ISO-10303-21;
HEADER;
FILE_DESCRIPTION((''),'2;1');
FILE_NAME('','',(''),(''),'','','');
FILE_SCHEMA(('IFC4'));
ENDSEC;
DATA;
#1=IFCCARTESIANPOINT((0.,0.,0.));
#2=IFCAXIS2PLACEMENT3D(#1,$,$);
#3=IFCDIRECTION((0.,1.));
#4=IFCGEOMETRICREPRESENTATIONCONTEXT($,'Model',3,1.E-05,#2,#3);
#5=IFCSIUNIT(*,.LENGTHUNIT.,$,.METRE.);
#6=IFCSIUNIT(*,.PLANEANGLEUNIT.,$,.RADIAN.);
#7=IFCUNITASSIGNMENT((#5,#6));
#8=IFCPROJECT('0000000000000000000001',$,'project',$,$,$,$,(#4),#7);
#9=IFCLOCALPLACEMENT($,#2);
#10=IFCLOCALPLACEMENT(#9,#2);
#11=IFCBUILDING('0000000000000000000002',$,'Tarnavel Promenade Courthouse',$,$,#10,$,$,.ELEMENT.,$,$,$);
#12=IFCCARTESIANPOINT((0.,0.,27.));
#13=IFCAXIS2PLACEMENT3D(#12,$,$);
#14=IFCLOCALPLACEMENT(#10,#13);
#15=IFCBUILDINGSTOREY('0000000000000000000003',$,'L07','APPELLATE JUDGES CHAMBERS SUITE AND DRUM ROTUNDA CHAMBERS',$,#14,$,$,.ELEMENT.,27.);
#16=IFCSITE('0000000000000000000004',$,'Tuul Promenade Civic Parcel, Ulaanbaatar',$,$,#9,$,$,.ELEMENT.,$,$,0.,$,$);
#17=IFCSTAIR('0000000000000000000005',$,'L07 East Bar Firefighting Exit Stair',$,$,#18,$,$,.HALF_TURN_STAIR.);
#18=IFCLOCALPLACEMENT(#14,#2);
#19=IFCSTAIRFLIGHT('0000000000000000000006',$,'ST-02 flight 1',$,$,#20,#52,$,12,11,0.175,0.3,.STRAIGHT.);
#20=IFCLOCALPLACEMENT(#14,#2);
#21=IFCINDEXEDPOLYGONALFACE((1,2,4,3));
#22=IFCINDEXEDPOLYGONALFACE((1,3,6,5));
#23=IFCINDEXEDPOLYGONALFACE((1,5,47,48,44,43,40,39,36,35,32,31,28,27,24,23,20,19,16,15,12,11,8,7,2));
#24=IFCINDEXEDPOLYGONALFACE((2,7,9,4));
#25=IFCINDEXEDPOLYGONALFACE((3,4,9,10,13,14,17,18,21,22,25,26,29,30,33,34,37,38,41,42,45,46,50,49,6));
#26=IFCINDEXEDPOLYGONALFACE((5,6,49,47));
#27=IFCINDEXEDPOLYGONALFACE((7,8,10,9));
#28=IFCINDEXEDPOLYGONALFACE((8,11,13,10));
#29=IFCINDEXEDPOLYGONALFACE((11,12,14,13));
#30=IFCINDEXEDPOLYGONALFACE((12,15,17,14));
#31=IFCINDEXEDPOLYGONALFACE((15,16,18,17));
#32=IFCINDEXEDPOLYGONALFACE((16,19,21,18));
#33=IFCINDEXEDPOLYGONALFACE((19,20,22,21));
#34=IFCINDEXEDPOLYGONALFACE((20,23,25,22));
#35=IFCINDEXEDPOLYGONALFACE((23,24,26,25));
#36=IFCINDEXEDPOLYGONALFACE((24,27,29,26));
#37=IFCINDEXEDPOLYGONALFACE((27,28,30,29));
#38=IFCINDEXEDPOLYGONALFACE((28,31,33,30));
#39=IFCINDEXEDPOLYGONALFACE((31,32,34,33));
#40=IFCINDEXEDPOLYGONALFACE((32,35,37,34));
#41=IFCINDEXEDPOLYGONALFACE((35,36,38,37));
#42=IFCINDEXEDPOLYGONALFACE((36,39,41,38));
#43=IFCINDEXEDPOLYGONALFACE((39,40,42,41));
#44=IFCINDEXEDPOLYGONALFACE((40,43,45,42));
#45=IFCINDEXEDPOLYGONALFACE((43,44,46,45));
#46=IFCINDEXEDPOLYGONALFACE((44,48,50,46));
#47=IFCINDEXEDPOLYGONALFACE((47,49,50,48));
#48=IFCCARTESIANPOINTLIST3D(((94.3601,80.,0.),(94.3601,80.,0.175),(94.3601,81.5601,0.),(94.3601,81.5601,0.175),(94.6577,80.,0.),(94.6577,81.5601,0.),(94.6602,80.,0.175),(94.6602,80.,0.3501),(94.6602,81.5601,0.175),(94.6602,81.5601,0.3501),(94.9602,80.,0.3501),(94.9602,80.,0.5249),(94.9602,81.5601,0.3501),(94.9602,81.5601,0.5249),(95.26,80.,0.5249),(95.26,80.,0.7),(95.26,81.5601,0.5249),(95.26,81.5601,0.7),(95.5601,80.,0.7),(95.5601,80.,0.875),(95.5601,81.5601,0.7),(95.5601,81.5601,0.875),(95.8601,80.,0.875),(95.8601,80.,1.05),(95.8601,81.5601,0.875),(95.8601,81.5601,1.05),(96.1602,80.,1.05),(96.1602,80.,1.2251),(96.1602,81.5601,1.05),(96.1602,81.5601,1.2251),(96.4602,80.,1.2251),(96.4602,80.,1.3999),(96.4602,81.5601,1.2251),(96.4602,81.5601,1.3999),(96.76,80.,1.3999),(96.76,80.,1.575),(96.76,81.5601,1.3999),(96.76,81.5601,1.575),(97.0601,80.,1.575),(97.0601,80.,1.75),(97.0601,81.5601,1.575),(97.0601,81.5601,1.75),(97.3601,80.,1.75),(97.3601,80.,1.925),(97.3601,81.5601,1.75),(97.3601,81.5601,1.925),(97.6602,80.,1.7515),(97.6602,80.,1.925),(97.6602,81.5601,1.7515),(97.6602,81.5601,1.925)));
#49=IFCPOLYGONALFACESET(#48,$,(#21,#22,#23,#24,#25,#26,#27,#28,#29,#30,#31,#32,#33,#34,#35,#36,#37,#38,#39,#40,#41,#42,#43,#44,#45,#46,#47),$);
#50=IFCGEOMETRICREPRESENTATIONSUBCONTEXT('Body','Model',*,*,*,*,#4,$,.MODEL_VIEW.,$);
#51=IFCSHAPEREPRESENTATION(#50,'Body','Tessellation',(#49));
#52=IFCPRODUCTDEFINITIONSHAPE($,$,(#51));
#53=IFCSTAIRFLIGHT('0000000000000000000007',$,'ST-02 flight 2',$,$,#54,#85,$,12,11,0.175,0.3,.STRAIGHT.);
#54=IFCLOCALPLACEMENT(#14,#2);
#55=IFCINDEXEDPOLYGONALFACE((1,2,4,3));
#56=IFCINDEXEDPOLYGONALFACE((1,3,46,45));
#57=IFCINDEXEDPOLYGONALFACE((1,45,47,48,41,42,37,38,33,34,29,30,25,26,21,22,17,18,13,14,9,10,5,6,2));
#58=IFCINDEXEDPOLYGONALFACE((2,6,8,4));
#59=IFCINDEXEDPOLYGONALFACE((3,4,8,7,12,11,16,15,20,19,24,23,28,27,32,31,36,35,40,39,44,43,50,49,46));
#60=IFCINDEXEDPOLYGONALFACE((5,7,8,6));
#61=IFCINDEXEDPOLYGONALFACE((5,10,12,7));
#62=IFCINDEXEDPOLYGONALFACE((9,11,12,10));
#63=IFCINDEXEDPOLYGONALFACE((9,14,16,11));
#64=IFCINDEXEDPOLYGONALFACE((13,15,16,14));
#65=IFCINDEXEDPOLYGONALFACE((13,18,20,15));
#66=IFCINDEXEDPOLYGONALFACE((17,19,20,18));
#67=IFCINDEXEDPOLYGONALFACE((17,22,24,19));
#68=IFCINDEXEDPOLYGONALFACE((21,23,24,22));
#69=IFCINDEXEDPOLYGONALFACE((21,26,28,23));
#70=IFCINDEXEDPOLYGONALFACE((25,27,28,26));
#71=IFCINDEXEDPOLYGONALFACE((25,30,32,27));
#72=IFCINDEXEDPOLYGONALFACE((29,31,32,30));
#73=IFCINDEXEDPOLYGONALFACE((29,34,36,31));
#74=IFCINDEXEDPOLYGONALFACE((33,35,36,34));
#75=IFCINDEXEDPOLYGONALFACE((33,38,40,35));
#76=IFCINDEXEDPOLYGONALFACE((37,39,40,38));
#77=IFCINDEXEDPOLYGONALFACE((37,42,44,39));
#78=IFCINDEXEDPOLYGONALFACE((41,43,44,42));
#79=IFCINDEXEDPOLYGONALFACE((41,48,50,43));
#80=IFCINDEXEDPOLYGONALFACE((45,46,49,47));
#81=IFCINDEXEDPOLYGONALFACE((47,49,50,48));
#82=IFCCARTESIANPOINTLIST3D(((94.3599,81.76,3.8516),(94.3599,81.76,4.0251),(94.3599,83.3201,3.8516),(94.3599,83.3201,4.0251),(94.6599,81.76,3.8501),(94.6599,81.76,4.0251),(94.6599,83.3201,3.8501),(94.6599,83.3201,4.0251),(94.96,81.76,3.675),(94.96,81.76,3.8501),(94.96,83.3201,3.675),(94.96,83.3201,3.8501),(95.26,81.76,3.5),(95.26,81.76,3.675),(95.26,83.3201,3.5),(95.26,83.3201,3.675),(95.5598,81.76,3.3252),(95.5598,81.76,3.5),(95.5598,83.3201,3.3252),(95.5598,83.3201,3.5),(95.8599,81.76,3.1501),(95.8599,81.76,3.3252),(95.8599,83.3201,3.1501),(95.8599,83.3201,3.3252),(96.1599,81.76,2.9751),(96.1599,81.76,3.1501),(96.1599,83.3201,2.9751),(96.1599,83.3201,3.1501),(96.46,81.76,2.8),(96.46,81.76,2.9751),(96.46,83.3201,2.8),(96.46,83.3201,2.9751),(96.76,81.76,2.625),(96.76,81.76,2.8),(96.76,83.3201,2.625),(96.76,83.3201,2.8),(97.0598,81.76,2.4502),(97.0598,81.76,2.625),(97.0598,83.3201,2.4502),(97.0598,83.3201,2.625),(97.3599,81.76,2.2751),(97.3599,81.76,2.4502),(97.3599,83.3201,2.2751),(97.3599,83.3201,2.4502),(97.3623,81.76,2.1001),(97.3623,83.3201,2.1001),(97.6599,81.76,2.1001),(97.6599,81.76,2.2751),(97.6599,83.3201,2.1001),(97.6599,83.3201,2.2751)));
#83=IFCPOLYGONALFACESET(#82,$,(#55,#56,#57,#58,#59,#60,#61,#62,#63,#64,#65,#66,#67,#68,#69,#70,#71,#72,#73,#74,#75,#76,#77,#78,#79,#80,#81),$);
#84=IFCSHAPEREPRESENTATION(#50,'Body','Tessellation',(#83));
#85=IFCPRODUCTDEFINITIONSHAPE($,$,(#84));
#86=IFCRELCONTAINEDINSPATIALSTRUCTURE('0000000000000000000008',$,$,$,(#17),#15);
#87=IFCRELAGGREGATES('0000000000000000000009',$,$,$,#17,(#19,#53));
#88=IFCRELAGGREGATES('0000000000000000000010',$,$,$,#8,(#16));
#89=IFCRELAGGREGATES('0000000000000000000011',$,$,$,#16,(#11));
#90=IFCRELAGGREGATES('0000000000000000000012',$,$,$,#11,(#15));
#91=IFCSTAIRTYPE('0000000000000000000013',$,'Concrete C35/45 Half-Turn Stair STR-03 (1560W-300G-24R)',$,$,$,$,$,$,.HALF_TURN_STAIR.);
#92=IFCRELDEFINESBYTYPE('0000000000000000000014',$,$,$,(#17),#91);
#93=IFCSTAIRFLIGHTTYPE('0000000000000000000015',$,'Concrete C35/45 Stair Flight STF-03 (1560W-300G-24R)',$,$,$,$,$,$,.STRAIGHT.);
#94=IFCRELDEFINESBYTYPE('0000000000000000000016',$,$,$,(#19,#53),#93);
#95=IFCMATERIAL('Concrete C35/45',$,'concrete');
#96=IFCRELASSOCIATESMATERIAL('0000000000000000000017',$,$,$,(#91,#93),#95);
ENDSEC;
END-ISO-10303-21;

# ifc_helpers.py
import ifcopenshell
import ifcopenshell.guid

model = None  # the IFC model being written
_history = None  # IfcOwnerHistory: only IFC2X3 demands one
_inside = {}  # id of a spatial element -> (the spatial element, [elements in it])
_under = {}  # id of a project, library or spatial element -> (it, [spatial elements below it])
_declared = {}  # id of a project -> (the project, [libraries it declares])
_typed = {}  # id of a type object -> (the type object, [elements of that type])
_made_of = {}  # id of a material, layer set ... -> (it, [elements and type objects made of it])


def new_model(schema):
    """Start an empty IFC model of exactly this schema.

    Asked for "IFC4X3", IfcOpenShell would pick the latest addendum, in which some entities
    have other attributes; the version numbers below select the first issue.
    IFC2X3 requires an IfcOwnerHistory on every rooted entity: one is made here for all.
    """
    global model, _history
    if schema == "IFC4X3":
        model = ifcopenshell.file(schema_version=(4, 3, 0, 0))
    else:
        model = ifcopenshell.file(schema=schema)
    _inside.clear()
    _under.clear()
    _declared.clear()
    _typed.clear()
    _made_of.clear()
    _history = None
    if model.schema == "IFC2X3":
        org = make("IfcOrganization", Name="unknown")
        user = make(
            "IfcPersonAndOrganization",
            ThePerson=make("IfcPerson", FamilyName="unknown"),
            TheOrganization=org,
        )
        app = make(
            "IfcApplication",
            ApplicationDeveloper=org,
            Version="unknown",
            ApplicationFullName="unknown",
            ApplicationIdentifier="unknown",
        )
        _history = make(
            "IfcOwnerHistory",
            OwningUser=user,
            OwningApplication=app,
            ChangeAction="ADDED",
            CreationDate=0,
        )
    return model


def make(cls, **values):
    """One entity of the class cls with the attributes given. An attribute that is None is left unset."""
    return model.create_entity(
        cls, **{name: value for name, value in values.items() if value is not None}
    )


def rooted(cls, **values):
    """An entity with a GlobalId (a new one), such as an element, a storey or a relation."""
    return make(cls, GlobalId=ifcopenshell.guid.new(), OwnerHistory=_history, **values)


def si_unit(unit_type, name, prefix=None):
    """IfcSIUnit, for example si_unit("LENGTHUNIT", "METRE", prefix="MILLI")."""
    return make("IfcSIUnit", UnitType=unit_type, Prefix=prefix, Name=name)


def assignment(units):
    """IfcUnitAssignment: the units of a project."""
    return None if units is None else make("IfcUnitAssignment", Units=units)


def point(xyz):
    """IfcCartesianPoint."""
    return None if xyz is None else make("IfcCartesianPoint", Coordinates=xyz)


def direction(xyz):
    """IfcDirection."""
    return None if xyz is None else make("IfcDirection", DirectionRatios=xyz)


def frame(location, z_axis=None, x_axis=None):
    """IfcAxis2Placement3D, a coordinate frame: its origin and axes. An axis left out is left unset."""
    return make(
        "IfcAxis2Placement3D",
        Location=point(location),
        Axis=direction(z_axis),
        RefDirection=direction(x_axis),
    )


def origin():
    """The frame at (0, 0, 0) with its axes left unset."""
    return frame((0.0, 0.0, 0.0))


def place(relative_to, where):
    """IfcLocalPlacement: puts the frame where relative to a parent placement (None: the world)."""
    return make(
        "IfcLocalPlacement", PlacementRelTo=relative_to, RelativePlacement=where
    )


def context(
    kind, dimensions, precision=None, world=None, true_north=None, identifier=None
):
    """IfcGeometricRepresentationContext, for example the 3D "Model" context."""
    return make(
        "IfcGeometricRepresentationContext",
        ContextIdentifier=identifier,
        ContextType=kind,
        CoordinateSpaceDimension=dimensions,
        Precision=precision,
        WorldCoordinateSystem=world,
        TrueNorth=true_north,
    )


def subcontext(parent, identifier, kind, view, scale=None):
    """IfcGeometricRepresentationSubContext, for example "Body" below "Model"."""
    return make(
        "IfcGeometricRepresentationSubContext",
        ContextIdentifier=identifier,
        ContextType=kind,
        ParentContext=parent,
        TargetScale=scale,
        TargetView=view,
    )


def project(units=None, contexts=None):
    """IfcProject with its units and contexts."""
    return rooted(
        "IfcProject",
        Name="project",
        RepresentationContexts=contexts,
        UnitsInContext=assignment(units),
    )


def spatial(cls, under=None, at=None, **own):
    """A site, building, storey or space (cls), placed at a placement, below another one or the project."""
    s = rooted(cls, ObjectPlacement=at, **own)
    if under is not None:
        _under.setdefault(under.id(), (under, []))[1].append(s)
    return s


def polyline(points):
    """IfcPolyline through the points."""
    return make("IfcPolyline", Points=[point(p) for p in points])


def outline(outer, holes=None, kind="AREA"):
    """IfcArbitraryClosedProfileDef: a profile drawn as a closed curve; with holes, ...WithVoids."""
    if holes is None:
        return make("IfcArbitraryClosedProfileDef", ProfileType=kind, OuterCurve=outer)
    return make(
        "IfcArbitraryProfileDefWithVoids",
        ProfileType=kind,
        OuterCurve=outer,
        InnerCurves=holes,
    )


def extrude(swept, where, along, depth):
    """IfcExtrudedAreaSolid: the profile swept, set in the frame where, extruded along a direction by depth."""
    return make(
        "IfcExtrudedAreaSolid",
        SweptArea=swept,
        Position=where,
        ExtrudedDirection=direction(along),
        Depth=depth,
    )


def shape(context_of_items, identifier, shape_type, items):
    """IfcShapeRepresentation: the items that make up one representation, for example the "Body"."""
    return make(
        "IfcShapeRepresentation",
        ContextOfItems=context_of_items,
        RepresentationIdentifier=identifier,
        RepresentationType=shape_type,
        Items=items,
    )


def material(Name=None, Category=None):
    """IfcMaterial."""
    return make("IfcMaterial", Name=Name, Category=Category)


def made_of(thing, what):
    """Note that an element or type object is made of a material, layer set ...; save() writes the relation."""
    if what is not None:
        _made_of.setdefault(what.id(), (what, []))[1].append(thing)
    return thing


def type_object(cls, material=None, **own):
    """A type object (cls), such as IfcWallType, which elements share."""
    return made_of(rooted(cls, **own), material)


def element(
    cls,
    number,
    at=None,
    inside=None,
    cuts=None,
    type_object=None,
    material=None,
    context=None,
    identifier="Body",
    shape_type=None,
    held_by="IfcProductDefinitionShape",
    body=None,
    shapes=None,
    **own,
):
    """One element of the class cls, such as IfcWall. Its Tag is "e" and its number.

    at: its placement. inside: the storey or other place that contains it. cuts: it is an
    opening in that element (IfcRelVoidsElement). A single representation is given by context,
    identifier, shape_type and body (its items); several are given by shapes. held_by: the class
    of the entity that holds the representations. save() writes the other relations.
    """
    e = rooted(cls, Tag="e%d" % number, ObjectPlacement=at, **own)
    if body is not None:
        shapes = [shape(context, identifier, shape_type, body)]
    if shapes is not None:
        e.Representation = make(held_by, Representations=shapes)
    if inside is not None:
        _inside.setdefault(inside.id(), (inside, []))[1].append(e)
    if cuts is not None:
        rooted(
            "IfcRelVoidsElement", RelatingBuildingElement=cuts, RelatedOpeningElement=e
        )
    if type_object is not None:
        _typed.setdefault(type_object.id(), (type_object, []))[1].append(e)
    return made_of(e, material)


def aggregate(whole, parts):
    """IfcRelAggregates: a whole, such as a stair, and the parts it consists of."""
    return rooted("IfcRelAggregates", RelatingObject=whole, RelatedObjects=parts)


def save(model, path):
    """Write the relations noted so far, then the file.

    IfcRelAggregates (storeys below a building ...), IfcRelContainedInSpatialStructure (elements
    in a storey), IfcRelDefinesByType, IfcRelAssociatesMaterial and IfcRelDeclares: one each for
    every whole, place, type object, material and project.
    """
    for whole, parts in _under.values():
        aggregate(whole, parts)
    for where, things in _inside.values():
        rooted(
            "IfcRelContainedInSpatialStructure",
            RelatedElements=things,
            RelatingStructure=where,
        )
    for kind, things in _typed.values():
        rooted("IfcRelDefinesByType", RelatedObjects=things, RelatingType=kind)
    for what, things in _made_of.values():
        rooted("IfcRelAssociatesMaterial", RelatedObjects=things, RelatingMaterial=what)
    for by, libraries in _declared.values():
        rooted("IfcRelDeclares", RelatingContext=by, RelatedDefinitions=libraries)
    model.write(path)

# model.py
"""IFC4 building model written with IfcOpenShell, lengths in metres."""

from ifc_helpers import new_model, si_unit, direction, frame, origin, place, context, subcontext, project, spatial, polyline, outline, extrude, material, type_object, element, aggregate, save


model = new_model("IFC4")

# Units and contexts
model_context = context("Model", 3, precision=1e-05, world=origin(), true_north=direction((0.0, 1.0)))
body_context = subcontext(model_context, "Body", "Model", "MODEL_VIEW")
ifc_project = project(units=[si_unit("LENGTHUNIT", "METRE"), si_unit("PLANEANGLEUNIT", "RADIAN")], contexts=[model_context])

# Site, building, storey
site_placement = place(None, origin())
site = spatial("IfcSite", under=ifc_project, at=site_placement, Name="Tuul Promenade Civic Parcel, Ulaanbaatar", CompositionType="ELEMENT", RefElevation=0.0)
building_placement = place(site_placement, origin())
building = spatial("IfcBuilding", under=site, at=building_placement, Name="Tarnavel Promenade Courthouse", CompositionType="ELEMENT")
storey_placement = place(building_placement, frame((0.0, 0.0, 27.0)))
storey = spatial("IfcBuildingStorey", under=building, at=storey_placement, Name="L07", Description="APPELLATE JUDGES CHAMBERS SUITE AND DRUM ROTUNDA CHAMBERS", CompositionType="ELEMENT", Elevation=27.0)

# Stair, stair flights
ifc_material_1 = material(Name="Concrete C35/45", Category="concrete")
stair_type = type_object("IfcStairType", Name="Concrete C35/45 Half-Turn Stair STR-03 (1560W-300G-24R)", PredefinedType="HALF_TURN_STAIR", material=ifc_material_1)
stair_placement = place(storey_placement, origin())
stair = element("IfcStair", 1, at=stair_placement, inside=storey, type_object=stair_type, Name="L07 East Bar Firefighting Exit Stair", PredefinedType="HALF_TURN_STAIR")
stair_flight_type = type_object("IfcStairFlightType", Name="Concrete C35/45 Stair Flight STF-03 (1560W-300G-24R)", PredefinedType="STRAIGHT", material=ifc_material_1)
stair_flight_1_placement = place(storey_placement, frame((94.3601, 80.78, 0.0), z_axis=(0.0, 0.0, 1.0), x_axis=(1.0, 0.0, 0.0)))
stair_flight_1 = element("IfcStairFlight", 2, at=stair_flight_1_placement, type_object=stair_flight_type, Name="ST-02 flight 1", NumberOfRisers=12, NumberOfTreads=11, PredefinedType="STRAIGHT", RiserHeight=0.175, TreadLength=0.3, context=body_context, shape_type="SweptSolid", body=[
    extrude(outline(polyline([(0.0, 0.0), (0.0, 0.175), (0.3, 0.175), (0.3, 0.3501), (0.6001, 0.3501), (0.6001, 0.5249), (0.8999, 0.5249), (0.8999, 0.7), (1.2, 0.7), (1.2, 0.875), (1.5, 0.875), (1.5, 1.05), (1.8, 1.05), (1.8, 1.2251), (2.1001, 1.2251), (2.1001, 1.3999), (2.3999, 1.3999), (2.3999, 1.575), (2.7, 1.575), (2.7, 1.75), (3.0, 1.75), (3.0, 1.925), (3.3, 1.925), (3.3, 2.1001), (3.3, 1.7515), (0.2976, 0.0), (0.0, 0.0)])), frame((0.0, 0.78, 0.0), z_axis=(0.0, -1.0, 0.0), x_axis=(1.0, 0.0, 0.0)), (0.0, 0.0, 1.0), 1.5601),
])
stair_flight_2_placement = place(storey_placement, frame((97.6599, 82.54, 2.1001), z_axis=(0.0, 0.0, 1.0), x_axis=(-1.0, 0.0, 0.0)))
stair_flight_2 = element("IfcStairFlight", 3, at=stair_flight_2_placement, type_object=stair_flight_type, Name="ST-02 flight 2", NumberOfRisers=12, NumberOfTreads=11, PredefinedType="STRAIGHT", RiserHeight=0.175, TreadLength=0.3, context=body_context, shape_type="SweptSolid", body=[
    extrude(outline(polyline([(0.0, 0.0), (0.0, 0.175), (0.3, 0.175), (0.3, 0.3501), (0.6001, 0.3501), (0.6001, 0.5249), (0.8999, 0.5249), (0.8999, 0.7), (1.2, 0.7), (1.2, 0.875), (1.5, 0.875), (1.5, 1.05), (1.8, 1.05), (1.8, 1.2251), (2.1001, 1.2251), (2.1001, 1.3999), (2.3999, 1.3999), (2.3999, 1.575), (2.7, 1.575), (2.7, 1.75), (3.0, 1.75), (3.0, 1.925), (3.3, 1.925), (3.3, 2.1001), (3.3, 1.7515), (0.2976, 0.0), (0.0, 0.0)])), frame((0.0, 0.78, 0.0), z_axis=(0.0, -1.0, 0.0), x_axis=(1.0, 0.0, 0.0)), (0.0, 0.0, 1.0), 1.5601),
])
aggregate(stair, [stair_flight_1, stair_flight_2])

save(model, "model.ifc")
